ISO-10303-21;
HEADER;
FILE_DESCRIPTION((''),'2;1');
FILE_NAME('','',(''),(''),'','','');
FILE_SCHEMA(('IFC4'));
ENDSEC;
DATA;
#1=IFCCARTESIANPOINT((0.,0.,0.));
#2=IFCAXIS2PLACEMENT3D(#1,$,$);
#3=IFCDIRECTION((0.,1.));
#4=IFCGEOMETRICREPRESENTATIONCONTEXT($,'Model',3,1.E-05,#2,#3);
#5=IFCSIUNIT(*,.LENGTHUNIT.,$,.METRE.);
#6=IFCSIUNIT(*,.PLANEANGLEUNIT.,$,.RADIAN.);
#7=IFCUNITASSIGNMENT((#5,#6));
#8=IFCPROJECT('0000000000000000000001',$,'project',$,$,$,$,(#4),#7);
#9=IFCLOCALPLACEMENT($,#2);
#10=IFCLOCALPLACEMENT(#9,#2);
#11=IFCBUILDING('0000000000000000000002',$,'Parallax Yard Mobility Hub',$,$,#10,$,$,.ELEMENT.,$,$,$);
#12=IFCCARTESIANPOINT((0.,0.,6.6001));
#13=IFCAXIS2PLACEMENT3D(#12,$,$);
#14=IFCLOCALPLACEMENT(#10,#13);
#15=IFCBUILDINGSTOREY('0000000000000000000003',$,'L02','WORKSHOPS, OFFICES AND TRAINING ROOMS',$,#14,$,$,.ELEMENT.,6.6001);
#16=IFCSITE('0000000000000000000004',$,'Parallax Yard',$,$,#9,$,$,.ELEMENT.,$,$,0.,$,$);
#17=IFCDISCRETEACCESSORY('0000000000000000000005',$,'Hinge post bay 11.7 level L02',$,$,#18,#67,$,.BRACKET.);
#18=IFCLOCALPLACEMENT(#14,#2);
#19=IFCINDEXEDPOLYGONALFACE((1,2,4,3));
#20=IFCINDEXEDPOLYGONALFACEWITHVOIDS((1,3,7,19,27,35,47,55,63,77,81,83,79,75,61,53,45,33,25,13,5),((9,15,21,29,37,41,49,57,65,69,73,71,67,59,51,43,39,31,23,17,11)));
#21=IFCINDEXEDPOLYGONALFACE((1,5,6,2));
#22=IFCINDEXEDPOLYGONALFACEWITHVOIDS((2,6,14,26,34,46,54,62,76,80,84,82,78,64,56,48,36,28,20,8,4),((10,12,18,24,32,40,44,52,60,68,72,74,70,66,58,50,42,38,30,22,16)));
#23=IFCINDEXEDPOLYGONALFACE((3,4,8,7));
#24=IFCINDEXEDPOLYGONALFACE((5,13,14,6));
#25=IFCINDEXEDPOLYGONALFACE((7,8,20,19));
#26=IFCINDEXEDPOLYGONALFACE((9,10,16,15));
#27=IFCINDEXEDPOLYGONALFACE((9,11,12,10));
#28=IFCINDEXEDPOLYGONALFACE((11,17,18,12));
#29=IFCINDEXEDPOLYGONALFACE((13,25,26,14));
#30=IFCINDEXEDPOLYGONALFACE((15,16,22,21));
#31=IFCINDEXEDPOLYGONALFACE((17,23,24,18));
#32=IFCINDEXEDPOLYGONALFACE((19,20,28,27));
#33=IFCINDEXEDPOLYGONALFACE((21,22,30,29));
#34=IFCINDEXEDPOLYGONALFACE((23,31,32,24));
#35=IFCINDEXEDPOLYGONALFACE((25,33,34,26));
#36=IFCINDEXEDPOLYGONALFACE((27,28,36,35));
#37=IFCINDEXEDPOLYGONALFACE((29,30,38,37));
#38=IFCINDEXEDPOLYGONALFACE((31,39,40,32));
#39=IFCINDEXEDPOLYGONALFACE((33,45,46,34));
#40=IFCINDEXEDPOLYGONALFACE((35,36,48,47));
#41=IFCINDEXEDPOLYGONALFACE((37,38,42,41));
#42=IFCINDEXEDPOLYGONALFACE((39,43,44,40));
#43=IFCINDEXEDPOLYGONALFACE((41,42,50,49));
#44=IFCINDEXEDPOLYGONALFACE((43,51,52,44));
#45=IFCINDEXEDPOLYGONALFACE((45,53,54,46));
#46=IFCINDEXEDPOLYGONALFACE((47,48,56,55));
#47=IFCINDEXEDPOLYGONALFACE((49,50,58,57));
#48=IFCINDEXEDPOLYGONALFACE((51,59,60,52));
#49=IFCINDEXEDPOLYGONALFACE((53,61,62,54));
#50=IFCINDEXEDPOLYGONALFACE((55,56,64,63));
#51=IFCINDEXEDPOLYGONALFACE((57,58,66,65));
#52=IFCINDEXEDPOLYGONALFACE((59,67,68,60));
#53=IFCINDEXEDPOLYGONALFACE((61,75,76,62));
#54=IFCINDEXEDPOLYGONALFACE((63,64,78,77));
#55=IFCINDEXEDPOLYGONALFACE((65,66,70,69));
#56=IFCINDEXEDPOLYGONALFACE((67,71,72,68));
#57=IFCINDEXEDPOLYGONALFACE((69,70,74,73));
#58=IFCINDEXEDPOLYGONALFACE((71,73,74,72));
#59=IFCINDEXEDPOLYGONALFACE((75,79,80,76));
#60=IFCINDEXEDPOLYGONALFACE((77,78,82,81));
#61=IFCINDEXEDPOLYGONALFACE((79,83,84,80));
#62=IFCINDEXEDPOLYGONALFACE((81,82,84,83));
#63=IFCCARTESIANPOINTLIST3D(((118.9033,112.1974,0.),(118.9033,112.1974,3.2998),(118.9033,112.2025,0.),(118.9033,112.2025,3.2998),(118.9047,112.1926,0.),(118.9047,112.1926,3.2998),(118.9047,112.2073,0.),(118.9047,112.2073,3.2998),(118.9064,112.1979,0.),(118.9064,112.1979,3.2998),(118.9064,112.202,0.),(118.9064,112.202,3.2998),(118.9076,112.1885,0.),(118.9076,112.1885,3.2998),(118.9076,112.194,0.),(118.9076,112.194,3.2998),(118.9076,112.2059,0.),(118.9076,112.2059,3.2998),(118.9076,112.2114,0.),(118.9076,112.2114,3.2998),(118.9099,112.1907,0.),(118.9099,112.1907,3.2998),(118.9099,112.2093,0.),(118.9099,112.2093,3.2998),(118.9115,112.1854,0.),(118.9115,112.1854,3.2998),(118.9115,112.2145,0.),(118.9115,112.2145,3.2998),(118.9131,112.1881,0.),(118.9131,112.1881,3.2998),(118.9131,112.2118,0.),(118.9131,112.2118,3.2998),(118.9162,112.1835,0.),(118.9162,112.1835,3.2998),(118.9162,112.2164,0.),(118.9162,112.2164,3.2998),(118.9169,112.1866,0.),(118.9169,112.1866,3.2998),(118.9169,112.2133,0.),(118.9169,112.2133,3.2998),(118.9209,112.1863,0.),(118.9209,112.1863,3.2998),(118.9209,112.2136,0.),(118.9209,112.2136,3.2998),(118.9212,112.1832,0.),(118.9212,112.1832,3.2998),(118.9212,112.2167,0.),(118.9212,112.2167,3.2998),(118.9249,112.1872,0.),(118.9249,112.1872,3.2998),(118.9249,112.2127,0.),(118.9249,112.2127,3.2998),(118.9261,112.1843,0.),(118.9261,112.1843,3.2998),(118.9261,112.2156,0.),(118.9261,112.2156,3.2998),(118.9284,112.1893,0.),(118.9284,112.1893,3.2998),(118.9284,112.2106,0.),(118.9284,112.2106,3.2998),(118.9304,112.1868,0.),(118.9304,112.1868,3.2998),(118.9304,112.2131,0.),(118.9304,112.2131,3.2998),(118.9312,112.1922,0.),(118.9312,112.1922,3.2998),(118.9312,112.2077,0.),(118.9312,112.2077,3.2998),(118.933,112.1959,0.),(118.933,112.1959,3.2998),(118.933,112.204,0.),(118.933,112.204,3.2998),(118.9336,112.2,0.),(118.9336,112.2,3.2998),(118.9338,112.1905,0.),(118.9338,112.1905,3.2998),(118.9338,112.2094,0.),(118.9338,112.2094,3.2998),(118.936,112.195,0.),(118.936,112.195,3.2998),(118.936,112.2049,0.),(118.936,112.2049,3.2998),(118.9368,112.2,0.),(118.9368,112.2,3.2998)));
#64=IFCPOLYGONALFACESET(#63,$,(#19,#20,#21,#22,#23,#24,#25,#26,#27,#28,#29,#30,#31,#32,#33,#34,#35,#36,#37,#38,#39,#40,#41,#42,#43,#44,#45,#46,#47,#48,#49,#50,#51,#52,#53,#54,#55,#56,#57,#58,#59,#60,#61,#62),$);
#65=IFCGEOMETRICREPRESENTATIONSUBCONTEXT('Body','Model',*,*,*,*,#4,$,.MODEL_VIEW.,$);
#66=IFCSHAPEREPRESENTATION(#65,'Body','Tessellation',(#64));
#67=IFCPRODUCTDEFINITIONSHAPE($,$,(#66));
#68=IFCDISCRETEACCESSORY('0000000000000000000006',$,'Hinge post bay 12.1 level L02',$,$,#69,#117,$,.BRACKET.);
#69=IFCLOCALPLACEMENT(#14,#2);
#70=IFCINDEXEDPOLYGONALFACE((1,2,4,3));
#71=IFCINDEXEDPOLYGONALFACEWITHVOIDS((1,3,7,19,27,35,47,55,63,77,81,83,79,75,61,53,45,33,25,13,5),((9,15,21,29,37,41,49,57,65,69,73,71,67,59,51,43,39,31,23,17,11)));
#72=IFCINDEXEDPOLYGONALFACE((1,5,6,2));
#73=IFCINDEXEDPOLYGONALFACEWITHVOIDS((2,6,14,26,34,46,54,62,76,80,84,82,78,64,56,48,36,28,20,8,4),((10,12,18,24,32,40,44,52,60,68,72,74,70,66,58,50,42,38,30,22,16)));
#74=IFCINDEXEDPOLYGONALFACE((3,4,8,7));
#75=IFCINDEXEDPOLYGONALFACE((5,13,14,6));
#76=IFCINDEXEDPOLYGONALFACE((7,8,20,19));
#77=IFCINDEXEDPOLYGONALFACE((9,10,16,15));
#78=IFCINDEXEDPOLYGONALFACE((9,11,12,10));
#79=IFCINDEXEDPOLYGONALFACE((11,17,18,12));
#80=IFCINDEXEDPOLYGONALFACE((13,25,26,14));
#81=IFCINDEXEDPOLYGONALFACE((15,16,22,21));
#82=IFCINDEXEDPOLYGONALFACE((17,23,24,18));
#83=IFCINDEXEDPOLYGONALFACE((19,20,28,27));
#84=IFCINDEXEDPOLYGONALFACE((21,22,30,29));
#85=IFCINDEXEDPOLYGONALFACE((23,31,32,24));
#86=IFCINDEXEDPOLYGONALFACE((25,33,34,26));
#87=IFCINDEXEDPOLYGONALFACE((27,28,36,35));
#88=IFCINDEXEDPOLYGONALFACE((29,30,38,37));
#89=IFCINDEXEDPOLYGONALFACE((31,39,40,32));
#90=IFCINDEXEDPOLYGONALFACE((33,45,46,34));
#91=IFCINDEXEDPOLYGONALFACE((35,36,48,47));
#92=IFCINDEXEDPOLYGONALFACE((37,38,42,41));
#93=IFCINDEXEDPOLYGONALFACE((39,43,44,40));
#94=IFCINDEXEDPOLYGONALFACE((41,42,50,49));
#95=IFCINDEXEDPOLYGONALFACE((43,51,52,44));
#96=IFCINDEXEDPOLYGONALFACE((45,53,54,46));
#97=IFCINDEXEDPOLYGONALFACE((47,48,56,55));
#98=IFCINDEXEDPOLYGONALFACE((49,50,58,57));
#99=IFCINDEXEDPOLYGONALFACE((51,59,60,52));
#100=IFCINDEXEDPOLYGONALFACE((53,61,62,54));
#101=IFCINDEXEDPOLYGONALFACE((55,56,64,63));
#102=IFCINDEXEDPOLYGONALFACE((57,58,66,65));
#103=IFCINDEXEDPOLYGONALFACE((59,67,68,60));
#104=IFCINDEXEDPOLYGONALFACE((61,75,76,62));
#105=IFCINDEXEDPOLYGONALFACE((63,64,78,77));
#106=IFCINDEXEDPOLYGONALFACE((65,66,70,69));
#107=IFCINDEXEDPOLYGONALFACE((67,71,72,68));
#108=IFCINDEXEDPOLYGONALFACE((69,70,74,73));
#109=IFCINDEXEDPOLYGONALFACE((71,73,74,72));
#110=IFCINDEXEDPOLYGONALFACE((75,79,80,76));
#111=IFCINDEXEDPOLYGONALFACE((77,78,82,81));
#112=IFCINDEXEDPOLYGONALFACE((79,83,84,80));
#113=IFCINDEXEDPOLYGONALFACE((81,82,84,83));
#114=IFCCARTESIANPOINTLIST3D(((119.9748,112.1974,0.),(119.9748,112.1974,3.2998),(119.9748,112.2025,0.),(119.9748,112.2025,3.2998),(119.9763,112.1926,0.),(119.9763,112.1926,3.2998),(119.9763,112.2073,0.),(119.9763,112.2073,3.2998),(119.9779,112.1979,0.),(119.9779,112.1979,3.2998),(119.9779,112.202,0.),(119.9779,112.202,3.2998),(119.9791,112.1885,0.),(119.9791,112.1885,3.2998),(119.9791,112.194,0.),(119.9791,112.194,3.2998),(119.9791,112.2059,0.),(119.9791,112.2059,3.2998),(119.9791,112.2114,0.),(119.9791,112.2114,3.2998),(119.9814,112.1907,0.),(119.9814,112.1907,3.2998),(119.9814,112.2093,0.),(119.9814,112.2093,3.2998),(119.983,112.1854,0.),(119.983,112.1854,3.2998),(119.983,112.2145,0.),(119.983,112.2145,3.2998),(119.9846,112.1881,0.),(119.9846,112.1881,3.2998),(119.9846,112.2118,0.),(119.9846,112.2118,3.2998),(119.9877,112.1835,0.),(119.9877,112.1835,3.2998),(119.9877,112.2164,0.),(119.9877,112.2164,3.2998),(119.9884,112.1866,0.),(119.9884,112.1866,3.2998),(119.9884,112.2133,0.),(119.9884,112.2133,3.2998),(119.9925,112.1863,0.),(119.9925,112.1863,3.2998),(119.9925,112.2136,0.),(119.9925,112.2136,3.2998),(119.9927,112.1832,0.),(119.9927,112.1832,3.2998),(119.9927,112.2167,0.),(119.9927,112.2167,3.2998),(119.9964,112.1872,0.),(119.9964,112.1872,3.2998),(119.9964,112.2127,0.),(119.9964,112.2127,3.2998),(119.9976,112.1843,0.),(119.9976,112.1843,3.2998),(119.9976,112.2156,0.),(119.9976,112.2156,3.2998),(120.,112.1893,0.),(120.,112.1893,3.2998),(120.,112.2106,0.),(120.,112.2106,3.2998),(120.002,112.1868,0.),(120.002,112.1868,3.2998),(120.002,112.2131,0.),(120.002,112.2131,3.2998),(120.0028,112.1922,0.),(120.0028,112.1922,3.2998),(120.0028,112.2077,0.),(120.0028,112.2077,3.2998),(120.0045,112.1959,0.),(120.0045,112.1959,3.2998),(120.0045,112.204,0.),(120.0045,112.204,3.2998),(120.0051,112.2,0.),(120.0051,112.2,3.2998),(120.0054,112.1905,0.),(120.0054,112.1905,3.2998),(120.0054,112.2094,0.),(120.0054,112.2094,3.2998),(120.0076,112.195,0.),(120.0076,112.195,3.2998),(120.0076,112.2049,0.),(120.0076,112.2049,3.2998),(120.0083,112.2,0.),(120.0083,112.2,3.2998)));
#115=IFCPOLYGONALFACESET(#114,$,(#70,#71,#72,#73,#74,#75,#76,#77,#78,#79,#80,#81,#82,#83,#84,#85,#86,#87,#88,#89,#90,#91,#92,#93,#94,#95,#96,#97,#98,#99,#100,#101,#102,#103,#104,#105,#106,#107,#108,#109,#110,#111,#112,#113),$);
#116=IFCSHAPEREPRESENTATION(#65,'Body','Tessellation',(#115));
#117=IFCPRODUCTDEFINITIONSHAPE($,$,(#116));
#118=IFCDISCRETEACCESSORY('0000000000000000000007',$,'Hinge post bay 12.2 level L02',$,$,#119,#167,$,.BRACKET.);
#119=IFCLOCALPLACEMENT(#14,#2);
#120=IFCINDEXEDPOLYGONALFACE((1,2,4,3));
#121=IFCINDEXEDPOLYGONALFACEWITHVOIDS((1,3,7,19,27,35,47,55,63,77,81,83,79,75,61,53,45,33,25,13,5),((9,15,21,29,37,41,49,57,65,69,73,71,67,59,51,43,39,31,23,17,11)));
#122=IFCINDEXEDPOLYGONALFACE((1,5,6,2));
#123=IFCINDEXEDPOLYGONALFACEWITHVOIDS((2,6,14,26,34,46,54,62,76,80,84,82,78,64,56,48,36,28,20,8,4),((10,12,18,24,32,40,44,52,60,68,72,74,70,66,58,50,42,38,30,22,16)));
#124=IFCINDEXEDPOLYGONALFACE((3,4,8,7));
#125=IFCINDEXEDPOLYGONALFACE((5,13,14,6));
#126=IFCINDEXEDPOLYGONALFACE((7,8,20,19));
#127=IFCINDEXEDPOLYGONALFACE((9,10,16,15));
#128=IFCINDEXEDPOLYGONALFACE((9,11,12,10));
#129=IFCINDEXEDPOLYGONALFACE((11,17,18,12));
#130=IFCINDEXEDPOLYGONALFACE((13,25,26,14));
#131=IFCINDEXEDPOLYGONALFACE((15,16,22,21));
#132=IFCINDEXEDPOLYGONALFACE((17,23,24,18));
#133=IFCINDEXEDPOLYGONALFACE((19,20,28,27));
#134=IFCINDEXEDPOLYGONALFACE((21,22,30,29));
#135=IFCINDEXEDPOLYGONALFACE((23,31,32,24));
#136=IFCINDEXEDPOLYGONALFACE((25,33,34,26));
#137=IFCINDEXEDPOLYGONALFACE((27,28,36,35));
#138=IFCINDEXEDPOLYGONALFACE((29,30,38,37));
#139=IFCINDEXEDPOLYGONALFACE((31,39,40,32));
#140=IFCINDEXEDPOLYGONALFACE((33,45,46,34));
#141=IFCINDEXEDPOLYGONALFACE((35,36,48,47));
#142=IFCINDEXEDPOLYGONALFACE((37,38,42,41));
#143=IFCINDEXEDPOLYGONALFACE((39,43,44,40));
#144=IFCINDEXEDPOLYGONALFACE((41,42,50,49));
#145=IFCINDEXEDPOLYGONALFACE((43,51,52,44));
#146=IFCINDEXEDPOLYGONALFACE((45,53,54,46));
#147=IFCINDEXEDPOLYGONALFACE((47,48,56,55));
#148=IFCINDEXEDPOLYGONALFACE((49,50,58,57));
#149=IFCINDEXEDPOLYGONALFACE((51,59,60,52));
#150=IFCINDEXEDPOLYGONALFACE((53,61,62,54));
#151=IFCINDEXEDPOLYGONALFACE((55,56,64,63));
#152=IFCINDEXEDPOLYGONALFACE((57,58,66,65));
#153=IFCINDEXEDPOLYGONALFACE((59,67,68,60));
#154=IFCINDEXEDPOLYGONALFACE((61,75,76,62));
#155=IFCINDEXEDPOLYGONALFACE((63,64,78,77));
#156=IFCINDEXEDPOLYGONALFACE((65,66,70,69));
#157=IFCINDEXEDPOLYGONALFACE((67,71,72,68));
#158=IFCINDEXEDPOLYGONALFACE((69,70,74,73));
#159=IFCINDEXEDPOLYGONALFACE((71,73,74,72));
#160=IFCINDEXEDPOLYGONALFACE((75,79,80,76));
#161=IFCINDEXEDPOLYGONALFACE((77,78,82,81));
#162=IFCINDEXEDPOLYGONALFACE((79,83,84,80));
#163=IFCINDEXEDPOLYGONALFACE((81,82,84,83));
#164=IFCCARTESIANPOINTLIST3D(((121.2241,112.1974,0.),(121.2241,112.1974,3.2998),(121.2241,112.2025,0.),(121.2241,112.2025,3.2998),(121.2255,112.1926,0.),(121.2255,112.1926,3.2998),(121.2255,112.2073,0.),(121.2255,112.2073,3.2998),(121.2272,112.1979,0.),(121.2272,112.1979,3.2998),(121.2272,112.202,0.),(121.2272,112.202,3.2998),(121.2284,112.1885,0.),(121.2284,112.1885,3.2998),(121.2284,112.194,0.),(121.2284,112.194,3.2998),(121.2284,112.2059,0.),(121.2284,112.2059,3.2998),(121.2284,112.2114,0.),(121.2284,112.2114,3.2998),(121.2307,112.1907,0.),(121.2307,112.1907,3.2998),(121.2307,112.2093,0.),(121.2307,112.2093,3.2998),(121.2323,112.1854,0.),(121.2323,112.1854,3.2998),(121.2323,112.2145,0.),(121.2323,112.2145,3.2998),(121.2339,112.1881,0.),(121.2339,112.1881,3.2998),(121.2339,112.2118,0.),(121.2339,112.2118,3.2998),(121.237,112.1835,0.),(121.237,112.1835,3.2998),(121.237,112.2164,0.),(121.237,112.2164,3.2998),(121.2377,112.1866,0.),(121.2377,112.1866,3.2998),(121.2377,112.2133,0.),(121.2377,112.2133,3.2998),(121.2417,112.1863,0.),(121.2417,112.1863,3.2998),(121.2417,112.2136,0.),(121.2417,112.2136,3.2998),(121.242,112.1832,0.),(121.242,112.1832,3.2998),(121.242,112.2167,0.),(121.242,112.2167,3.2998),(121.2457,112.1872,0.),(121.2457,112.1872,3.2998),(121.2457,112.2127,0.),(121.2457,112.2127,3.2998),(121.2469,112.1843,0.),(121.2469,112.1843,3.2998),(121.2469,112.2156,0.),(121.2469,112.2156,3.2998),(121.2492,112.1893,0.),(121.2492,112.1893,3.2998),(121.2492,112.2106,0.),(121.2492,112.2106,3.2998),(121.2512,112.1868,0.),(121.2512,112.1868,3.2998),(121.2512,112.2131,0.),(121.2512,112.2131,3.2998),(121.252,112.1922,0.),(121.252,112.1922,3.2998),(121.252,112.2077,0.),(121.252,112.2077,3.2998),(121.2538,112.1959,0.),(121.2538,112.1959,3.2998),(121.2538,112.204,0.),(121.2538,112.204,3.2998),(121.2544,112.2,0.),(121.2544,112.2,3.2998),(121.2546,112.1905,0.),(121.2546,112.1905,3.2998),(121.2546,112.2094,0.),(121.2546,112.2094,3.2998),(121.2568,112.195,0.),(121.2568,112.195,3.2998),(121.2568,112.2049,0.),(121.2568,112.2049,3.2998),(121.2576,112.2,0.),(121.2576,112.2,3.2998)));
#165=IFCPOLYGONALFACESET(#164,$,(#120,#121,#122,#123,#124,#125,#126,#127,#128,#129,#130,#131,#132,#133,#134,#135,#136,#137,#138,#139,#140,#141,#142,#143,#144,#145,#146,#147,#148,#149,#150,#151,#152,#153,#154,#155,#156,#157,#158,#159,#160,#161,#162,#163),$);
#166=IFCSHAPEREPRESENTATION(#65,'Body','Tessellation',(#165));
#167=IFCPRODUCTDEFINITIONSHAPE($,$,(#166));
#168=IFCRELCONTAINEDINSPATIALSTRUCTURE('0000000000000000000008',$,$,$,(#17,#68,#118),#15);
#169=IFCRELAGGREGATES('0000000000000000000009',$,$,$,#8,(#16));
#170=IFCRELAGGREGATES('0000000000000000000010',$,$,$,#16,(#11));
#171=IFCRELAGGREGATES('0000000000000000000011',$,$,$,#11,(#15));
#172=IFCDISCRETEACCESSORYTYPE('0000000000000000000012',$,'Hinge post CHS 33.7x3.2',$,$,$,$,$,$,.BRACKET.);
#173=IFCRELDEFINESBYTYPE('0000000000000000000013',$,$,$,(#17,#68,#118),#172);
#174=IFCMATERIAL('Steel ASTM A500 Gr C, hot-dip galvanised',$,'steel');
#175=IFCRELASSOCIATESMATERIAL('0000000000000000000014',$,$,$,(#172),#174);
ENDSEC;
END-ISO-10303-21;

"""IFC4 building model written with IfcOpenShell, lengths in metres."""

from ifc_helpers import new_model, si_unit, direction, frame, origin, origin_2d, place, context, subcontext, project, spatial, hollow_circle, extrude, material, material_profile, profile_set, type_object, element, save


model = new_model("IFC4")

# Units and contexts
model_context = context("Model", 3, precision=1e-05, world=origin(), true_north=direction((0.0, 1.0)))
body_context = subcontext(model_context, "Body", "Model", "MODEL_VIEW")
ifc_project = project(units=[si_unit("LENGTHUNIT", "METRE"), si_unit("PLANEANGLEUNIT", "RADIAN")], contexts=[model_context])

# Site, building, storey
site_placement = place(None, origin())
site = spatial("IfcSite", under=ifc_project, at=site_placement, Name="Parallax Yard", CompositionType="ELEMENT", RefElevation=0.0)
building_placement = place(site_placement, origin())
building = spatial("IfcBuilding", under=site, at=building_placement, Name="Parallax Yard Mobility Hub", CompositionType="ELEMENT")
storey_placement = place(building_placement, frame((0.0, 0.0, 6.6001)))
storey = spatial("IfcBuildingStorey", under=building, at=storey_placement, Name="L02", Description="WORKSHOPS, OFFICES AND TRAINING ROOMS", CompositionType="ELEMENT", Elevation=6.6001)

# Discrete accessories
ifc_material_1 = material(Name="Steel ASTM A500 Gr C, hot-dip galvanised", Category="steel")
ifc_material_profile_1 = material_profile(ifc_material_1, hollow_circle(Radius=0.0168, WallThickness=0.0032, at=origin_2d()), Name="CHS 33.7x3.2")
ifc_profile_set_1 = profile_set([ifc_material_profile_1], Name="Steel ASTM A500 Gr C, hot-dip galvanised")
discrete_accessory_type_1 = type_object("IfcDiscreteAccessoryType", Name="Hinge post CHS 33.7x3.2", PredefinedType="BRACKET", material=ifc_profile_set_1)
for number, where, z_axis, x_axis, name in (
    (1, (118.9199, 112.2, 0.0), (0.0, 0.0, 1.0), (1.0, 0.0, 0.0), "Hinge post bay 11.7 level L02"),
    (2, (119.9915, 112.2, 0.0), (0.0, 0.0, 1.0), (1.0, 0.0, 0.0), "Hinge post bay 12.1 level L02"),
    (3, (121.2407, 112.2, 0.0), (0.0, 0.0, 1.0), (1.0, 0.0, 0.0), "Hinge post bay 12.2 level L02"),
):
    element("IfcDiscreteAccessory", number, at=place(storey_placement, frame(where, z_axis=z_axis, x_axis=x_axis)), inside=storey, type_object=discrete_accessory_type_1, Name=name, PredefinedType="BRACKET", context=body_context, shape_type="SweptSolid", body=[
        extrude(hollow_circle(Radius=0.0168, WallThickness=0.0032, at=origin_2d()), origin(), (0.0, 0.0, 1.0), 3.2998),
    ])

save(model, "model.ifc")
